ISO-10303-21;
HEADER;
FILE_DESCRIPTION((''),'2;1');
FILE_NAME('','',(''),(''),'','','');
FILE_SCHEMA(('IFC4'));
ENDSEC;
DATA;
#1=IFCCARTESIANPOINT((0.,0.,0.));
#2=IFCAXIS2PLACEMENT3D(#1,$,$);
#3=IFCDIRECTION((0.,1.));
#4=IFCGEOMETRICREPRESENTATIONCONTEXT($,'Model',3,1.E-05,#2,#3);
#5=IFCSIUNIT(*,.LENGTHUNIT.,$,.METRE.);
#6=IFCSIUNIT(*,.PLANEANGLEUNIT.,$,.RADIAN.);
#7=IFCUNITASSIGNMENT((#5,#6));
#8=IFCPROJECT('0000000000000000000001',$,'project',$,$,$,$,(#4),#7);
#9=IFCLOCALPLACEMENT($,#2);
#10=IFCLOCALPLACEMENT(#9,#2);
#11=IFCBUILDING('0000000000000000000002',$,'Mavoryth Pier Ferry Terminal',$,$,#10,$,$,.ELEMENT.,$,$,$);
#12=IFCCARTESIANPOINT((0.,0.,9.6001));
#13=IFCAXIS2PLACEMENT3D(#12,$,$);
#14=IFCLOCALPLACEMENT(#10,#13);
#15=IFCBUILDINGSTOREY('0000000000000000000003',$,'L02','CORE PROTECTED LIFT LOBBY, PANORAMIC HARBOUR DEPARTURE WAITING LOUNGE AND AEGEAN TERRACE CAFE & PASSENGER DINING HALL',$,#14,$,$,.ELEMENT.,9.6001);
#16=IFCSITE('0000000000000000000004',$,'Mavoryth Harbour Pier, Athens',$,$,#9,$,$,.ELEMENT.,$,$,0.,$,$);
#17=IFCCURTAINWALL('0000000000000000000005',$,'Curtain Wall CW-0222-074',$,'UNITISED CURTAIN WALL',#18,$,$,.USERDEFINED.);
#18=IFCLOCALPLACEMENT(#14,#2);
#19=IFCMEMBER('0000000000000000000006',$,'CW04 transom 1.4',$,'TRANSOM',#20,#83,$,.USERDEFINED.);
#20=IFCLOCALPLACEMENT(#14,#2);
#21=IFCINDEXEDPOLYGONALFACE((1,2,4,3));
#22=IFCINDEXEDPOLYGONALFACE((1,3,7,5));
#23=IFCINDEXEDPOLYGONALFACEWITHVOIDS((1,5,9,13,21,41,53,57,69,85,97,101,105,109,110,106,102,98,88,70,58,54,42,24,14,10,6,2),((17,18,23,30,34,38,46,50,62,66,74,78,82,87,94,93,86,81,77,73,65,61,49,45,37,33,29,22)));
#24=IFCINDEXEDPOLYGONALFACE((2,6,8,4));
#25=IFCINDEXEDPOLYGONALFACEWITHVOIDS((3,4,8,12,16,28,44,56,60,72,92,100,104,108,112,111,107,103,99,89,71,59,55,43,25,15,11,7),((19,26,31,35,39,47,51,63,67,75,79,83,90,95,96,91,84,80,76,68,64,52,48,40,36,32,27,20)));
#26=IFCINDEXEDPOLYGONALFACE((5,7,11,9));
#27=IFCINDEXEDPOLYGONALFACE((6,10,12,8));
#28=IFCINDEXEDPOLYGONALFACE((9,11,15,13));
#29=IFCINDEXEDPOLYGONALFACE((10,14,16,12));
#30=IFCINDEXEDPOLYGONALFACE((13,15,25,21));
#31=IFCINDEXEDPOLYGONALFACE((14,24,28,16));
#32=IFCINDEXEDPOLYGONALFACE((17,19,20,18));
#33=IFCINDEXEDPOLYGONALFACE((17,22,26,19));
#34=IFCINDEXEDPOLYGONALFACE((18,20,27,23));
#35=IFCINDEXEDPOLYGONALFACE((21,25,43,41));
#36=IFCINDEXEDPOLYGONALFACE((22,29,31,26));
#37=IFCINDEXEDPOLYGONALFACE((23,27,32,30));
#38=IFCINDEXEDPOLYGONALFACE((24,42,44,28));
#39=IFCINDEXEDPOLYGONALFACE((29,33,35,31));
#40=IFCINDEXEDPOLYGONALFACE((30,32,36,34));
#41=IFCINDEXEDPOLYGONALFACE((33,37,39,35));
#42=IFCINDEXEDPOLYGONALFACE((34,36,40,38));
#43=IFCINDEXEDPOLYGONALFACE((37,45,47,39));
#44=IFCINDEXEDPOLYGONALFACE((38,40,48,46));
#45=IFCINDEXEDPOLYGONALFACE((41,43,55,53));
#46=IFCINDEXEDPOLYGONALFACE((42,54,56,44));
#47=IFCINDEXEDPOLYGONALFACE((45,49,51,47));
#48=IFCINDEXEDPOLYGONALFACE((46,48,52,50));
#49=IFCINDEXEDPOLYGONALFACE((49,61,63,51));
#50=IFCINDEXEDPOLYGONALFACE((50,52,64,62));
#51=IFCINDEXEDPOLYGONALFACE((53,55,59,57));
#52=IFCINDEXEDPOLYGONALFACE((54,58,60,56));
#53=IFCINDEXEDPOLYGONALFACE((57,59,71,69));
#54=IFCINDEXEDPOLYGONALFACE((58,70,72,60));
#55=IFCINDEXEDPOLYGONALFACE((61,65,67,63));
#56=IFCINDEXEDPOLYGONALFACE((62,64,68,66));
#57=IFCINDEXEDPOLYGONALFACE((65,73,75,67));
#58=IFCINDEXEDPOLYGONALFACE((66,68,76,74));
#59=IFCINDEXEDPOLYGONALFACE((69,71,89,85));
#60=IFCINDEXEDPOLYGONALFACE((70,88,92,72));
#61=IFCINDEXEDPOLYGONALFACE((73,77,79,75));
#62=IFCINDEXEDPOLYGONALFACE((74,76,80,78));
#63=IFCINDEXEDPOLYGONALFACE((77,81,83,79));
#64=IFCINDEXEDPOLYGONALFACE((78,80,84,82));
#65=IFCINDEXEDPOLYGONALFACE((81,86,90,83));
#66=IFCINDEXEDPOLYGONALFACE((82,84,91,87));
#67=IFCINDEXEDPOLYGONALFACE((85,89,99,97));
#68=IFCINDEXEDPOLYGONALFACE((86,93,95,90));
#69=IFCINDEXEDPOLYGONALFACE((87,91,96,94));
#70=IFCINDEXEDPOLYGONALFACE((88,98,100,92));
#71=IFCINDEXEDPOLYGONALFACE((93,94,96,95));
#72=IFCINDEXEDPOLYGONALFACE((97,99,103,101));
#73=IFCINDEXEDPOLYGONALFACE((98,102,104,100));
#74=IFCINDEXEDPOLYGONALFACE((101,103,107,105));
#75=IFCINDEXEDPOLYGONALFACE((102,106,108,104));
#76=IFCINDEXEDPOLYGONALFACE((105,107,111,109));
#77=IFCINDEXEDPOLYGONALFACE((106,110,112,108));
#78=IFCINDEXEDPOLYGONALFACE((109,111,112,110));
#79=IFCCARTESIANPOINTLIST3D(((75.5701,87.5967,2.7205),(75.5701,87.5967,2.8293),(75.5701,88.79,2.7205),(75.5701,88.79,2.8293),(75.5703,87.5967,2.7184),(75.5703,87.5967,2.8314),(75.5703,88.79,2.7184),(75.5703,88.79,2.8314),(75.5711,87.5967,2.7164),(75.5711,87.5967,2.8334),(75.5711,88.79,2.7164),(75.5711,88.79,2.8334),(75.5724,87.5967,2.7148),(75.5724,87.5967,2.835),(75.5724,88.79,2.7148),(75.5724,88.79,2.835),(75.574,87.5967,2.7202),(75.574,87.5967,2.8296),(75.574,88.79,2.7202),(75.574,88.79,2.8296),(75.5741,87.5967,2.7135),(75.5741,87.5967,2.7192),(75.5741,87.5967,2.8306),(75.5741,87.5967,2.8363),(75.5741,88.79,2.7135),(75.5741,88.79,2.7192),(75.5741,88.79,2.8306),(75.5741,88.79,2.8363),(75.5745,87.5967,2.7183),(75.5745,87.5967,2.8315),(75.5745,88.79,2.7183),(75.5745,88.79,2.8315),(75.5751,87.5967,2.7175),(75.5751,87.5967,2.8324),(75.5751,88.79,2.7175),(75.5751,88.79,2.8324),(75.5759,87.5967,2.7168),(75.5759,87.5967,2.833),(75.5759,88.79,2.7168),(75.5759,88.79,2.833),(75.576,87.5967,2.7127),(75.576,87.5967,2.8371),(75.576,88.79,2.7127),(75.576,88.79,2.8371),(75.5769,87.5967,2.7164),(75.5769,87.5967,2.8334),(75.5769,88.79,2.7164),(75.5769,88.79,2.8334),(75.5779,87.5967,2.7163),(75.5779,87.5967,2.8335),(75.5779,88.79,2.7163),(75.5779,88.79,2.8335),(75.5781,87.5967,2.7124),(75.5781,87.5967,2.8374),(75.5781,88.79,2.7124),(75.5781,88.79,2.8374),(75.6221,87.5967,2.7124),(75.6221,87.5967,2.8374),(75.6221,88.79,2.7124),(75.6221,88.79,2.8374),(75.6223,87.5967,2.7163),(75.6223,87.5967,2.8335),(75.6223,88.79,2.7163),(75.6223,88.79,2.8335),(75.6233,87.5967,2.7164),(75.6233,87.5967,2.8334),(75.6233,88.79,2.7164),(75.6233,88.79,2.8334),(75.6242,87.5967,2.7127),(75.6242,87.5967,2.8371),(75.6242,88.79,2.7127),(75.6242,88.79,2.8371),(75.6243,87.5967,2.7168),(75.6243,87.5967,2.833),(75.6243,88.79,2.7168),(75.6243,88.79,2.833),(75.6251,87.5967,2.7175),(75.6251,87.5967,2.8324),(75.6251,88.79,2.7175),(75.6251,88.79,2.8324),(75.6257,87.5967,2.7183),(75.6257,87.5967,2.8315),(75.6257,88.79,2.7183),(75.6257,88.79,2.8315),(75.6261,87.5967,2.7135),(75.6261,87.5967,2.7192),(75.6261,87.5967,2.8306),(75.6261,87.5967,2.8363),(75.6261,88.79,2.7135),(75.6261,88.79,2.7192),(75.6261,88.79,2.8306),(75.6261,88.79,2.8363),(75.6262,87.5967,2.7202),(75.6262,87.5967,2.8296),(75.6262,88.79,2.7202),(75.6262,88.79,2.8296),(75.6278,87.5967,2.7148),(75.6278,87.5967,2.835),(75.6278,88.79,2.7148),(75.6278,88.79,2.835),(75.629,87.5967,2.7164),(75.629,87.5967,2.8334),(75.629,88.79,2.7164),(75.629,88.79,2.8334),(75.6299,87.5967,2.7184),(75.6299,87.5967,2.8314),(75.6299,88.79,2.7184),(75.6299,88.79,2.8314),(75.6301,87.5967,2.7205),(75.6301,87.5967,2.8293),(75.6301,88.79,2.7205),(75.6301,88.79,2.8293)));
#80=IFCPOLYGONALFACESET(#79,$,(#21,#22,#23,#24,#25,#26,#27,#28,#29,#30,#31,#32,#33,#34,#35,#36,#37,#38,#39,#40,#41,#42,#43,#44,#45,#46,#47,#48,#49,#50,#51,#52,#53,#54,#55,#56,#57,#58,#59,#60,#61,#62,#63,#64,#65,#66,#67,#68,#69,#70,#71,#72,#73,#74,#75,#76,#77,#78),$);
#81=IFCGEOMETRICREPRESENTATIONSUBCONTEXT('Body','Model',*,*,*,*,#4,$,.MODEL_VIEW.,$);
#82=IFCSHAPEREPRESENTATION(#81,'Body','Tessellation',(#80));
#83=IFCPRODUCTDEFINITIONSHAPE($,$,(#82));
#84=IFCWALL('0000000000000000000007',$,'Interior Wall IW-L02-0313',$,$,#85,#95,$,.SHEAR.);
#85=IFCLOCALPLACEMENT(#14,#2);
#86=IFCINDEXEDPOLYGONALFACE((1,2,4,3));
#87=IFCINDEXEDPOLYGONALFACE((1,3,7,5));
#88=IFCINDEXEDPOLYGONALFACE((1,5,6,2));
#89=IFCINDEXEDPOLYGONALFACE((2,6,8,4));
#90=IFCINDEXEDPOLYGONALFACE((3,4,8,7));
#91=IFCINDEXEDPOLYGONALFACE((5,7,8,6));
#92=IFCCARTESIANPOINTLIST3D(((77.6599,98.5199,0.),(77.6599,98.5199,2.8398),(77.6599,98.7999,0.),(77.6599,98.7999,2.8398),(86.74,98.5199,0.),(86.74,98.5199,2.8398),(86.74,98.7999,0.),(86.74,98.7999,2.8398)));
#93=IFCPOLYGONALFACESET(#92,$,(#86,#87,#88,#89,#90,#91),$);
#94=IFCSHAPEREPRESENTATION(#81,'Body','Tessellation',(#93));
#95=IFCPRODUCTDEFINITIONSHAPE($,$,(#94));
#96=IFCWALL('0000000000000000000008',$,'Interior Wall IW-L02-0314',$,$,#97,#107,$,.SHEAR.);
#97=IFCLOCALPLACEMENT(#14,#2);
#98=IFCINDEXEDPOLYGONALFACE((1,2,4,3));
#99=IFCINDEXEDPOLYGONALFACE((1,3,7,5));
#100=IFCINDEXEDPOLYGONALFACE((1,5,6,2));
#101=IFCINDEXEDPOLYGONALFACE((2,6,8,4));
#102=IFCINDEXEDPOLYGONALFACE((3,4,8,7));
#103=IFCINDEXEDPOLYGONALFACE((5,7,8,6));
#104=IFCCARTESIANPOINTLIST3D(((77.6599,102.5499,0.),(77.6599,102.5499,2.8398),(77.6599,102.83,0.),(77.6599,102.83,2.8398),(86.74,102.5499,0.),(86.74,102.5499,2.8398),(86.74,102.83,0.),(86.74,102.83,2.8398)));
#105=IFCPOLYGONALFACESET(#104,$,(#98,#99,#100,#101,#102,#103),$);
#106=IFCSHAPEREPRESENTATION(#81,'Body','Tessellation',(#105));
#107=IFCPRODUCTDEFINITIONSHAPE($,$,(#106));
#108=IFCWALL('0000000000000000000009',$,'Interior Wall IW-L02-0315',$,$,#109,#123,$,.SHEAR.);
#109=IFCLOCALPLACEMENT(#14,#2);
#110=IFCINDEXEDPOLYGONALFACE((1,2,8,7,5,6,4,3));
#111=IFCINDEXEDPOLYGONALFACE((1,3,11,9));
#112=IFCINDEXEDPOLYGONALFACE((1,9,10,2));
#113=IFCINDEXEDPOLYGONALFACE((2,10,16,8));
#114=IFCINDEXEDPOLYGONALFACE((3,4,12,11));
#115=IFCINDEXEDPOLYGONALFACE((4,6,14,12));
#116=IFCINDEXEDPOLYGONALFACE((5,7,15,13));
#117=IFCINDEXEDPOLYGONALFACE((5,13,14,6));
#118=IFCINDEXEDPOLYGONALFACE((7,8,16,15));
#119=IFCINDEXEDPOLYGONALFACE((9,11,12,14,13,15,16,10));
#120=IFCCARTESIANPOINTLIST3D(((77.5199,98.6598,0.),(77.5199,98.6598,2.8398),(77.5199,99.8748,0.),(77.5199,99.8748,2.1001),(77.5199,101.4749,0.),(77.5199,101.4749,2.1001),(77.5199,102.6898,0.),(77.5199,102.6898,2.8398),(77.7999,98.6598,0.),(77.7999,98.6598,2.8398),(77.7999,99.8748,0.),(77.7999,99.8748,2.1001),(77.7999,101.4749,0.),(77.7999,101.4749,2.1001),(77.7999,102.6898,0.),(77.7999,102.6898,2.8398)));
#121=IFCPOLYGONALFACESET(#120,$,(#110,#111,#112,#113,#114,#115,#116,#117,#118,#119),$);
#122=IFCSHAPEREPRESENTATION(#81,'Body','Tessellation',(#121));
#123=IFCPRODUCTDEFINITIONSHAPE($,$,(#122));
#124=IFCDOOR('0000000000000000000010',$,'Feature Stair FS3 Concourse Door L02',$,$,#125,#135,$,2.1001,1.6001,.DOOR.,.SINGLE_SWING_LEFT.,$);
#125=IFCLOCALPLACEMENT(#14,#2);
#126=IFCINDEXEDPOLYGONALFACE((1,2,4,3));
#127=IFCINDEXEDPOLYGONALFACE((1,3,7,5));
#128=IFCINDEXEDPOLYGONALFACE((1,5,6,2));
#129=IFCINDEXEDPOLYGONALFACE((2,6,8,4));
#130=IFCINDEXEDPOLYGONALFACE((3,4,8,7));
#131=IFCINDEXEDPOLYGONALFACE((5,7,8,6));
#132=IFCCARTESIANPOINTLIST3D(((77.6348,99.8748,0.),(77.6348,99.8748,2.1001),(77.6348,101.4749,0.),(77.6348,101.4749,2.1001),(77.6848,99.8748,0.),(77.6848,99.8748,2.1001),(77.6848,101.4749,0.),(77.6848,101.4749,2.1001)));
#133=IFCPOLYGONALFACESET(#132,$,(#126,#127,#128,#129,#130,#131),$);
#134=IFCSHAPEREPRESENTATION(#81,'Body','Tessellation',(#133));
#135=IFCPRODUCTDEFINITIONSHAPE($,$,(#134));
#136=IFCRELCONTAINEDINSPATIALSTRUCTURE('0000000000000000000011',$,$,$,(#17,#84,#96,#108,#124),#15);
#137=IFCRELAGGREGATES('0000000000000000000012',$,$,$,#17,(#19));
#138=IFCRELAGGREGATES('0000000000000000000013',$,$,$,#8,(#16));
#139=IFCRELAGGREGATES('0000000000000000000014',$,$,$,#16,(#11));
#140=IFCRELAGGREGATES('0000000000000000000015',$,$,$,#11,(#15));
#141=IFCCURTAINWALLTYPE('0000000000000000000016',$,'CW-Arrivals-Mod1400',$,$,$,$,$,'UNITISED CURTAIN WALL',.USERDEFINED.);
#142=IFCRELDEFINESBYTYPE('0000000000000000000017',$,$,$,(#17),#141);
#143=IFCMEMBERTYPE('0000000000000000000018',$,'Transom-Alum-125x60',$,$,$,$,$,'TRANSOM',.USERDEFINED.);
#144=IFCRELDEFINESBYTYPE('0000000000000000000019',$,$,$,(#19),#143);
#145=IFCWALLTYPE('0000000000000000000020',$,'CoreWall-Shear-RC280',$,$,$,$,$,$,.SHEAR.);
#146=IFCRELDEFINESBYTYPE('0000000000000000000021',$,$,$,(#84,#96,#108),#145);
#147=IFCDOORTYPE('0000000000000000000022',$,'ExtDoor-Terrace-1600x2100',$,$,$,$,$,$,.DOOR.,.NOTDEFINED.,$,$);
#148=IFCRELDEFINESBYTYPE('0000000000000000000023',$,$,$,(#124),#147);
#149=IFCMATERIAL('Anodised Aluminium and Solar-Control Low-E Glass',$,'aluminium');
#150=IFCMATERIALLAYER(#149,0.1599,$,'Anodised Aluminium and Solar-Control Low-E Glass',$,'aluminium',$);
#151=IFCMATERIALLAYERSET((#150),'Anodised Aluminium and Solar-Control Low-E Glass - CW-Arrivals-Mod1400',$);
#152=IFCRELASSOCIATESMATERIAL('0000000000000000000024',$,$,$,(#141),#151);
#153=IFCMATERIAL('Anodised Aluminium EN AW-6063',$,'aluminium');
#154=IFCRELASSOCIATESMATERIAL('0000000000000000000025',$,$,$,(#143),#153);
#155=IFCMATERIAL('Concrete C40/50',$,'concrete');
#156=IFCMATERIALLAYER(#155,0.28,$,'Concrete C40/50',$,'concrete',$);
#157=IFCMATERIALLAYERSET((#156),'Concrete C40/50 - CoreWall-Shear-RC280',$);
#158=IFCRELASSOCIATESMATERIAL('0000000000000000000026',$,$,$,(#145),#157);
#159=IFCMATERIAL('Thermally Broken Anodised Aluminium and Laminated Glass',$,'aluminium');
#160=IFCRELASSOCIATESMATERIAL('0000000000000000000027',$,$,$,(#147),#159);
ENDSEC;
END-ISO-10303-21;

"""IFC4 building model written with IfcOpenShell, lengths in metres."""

from ifc_helpers import new_model, si_unit, direction, frame, frame_2d, origin, origin_2d, place, context, subcontext, project, spatial, rectangle, hollow_rectangle, extrude, material, layer, layer_set, material_profile, profile_set, type_object, element, fill, aggregate, save


model = new_model("IFC4")

# Units and contexts
model_context = context("Model", 3, precision=1e-05, world=origin(), true_north=direction((0.0, 1.0)))
body_context = subcontext(model_context, "Body", "Model", "MODEL_VIEW")
ifc_project = project(units=[si_unit("LENGTHUNIT", "METRE"), si_unit("PLANEANGLEUNIT", "RADIAN")], contexts=[model_context])

# Site, building, storey
site_placement = place(None, origin())
site = spatial("IfcSite", under=ifc_project, at=site_placement, Name="Mavoryth Harbour Pier, Athens", CompositionType="ELEMENT", RefElevation=0.0)
building_placement = place(site_placement, origin())
building = spatial("IfcBuilding", under=site, at=building_placement, Name="Mavoryth Pier Ferry Terminal", CompositionType="ELEMENT")
storey_placement = place(building_placement, frame((0.0, 0.0, 9.6001)))
storey = spatial("IfcBuildingStorey", under=building, at=storey_placement, Name="L02", Description="CORE PROTECTED LIFT LOBBY, PANORAMIC HARBOUR DEPARTURE WAITING LOUNGE AND AEGEAN TERRACE CAFE & PASSENGER DINING HALL", CompositionType="ELEMENT", Elevation=9.6001)

# Shared definitions
ifc_material_1 = material(Name="Concrete C40/50", Category="concrete")

# Curtain wall
ifc_material_2 = material(Name="Anodised Aluminium and Solar-Control Low-E Glass", Category="aluminium")
ifc_layer_1 = layer(ifc_material_2, 0.1599, Name="Anodised Aluminium and Solar-Control Low-E Glass", Category="aluminium")
ifc_layer_set_1 = layer_set([ifc_layer_1], Name="Anodised Aluminium and Solar-Control Low-E Glass - CW-Arrivals-Mod1400")
curtain_wall_type = type_object("IfcCurtainWallType", Name="CW-Arrivals-Mod1400", ElementType="UNITISED CURTAIN WALL", PredefinedType="USERDEFINED", material=ifc_layer_set_1)
curtain_wall_placement = place(storey_placement, origin())
curtain_wall = element("IfcCurtainWall", 1, at=curtain_wall_placement, inside=storey, type_object=curtain_wall_type, Name="Curtain Wall CW-0222-074", ObjectType="UNITISED CURTAIN WALL", PredefinedType="USERDEFINED")
ifc_material_3 = material(Name="Anodised Aluminium EN AW-6063", Category="aluminium")

# Member
ifc_material_profile_1 = material_profile(ifc_material_3, hollow_rectangle(XDim=0.0601, YDim=0.125, WallThickness=0.0039, InnerFilletRadius=0.0039, OuterFilletRadius=0.0081, at=origin_2d()), Name="AL-TRAN 125x60x4", Category="aluminium")
ifc_profile_set_1 = profile_set([ifc_material_profile_1], Name="Anodised Aluminium EN AW-6063 - AL-TRAN 125x60x4")
member_type_1 = type_object("IfcMemberType", Name="Transom-Alum-125x60", ElementType="TRANSOM", PredefinedType="USERDEFINED", material=ifc_profile_set_1)
member_1_placement = place(storey_placement, frame((75.6001, 88.79, 2.7749), z_axis=(0.0, -1.0, 0.0), x_axis=(1.0, 0.0, 0.0)))
member_1 = element("IfcMember", 2, at=member_1_placement, type_object=member_type_1, Name="CW04 transom 1.4", ObjectType="TRANSOM", PredefinedType="USERDEFINED", context=body_context, shape_type="SweptSolid", body=[
    extrude(hollow_rectangle(XDim=0.0601, YDim=0.125, WallThickness=0.0039, InnerFilletRadius=0.0039, OuterFilletRadius=0.0081, at=origin_2d()), origin(), (0.0, 0.0, 1.0), 1.1934),
])
aggregate(curtain_wall, [member_1])

# Walls
ifc_layer_2 = layer(ifc_material_1, 0.28, Name="Concrete C40/50", Category="concrete")
ifc_layer_set_2 = layer_set([ifc_layer_2], Name="Concrete C40/50 - CoreWall-Shear-RC280")
wall_type_1 = type_object("IfcWallType", Name="CoreWall-Shear-RC280", PredefinedType="SHEAR", material=ifc_layer_set_2)
for number, where, z_axis, x_axis, name in (
    (3, (77.6599, 98.6599, 0.0), (0.0, 0.0, 1.0), (1.0, 0.0, 0.0), "Interior Wall IW-L02-0313"),
    (4, (77.6599, 102.6899, 0.0), (0.0, 0.0, 1.0), (1.0, 0.0, 0.0), "Interior Wall IW-L02-0314"),
):
    element("IfcWall", number, at=place(storey_placement, frame(where, z_axis=z_axis, x_axis=x_axis)), inside=storey, type_object=wall_type_1, Name=name, PredefinedType="SHEAR", context=body_context, shape_type="SweptSolid", body=[
        extrude(rectangle(XDim=9.0801, YDim=0.28, at=frame_2d((4.54, 0.0))), origin(), (0.0, 0.0, 1.0), 2.8398),
    ])

# Wall, opening, door
wall_1_placement = place(storey_placement, frame((77.6599, 102.6899, 0.0), z_axis=(0.0, 0.0, 1.0), x_axis=(0.0, -1.0, 0.0)))
wall_1 = element("IfcWall", 5, at=wall_1_placement, inside=storey, type_object=wall_type_1, Name="Interior Wall IW-L02-0315", PredefinedType="SHEAR", context=body_context, shape_type="SweptSolid", body=[
    extrude(rectangle(XDim=4.03, YDim=0.28, at=frame_2d((2.0151, 0.0))), origin(), (0.0, 0.0, 1.0), 2.8398),
])
opening_1_placement = place(wall_1_placement, frame((1.2151, 0.0, 0.0)))
opening_1 = element("IfcOpeningElement", 6, at=opening_1_placement, cuts=wall_1, PredefinedType="OPENING", context=body_context, shape_type="SweptSolid", body=[
    extrude(rectangle(XDim=1.6001, YDim=2.1001, at=frame_2d((0.8, 1.05))), frame((0.0, 0.1499, 0.0), z_axis=(0.0, -1.0, 0.0), x_axis=(1.0, 0.0, 0.0)), (0.0, 0.0, 1.0), 0.3),
])
ifc_material_4 = material(Name="Thermally Broken Anodised Aluminium and Laminated Glass", Category="aluminium")
door_type_1 = type_object("IfcDoorType", Name="ExtDoor-Terrace-1600x2100", OperationType="NOTDEFINED", PredefinedType="DOOR", material=ifc_material_4)
door_1_placement = place(opening_1_placement, origin())
door_1 = element("IfcDoor", 7, at=door_1_placement, inside=storey, type_object=door_type_1, Name="Feature Stair FS3 Concourse Door L02", OperationType="SINGLE_SWING_LEFT", OverallHeight=2.1001, OverallWidth=1.6001, PredefinedType="DOOR", context=body_context, shape_type="SweptSolid", body=[
    extrude(rectangle(XDim=1.6001, YDim=2.1001, at=frame_2d((0.8, 1.05))), frame((0.0, 0.0249, 0.0), z_axis=(0.0, -1.0, 0.0), x_axis=(1.0, 0.0, 0.0)), (0.0, 0.0, 1.0), 0.05),
])
fill(opening_1, door_1)

save(model, "model.ifc")
